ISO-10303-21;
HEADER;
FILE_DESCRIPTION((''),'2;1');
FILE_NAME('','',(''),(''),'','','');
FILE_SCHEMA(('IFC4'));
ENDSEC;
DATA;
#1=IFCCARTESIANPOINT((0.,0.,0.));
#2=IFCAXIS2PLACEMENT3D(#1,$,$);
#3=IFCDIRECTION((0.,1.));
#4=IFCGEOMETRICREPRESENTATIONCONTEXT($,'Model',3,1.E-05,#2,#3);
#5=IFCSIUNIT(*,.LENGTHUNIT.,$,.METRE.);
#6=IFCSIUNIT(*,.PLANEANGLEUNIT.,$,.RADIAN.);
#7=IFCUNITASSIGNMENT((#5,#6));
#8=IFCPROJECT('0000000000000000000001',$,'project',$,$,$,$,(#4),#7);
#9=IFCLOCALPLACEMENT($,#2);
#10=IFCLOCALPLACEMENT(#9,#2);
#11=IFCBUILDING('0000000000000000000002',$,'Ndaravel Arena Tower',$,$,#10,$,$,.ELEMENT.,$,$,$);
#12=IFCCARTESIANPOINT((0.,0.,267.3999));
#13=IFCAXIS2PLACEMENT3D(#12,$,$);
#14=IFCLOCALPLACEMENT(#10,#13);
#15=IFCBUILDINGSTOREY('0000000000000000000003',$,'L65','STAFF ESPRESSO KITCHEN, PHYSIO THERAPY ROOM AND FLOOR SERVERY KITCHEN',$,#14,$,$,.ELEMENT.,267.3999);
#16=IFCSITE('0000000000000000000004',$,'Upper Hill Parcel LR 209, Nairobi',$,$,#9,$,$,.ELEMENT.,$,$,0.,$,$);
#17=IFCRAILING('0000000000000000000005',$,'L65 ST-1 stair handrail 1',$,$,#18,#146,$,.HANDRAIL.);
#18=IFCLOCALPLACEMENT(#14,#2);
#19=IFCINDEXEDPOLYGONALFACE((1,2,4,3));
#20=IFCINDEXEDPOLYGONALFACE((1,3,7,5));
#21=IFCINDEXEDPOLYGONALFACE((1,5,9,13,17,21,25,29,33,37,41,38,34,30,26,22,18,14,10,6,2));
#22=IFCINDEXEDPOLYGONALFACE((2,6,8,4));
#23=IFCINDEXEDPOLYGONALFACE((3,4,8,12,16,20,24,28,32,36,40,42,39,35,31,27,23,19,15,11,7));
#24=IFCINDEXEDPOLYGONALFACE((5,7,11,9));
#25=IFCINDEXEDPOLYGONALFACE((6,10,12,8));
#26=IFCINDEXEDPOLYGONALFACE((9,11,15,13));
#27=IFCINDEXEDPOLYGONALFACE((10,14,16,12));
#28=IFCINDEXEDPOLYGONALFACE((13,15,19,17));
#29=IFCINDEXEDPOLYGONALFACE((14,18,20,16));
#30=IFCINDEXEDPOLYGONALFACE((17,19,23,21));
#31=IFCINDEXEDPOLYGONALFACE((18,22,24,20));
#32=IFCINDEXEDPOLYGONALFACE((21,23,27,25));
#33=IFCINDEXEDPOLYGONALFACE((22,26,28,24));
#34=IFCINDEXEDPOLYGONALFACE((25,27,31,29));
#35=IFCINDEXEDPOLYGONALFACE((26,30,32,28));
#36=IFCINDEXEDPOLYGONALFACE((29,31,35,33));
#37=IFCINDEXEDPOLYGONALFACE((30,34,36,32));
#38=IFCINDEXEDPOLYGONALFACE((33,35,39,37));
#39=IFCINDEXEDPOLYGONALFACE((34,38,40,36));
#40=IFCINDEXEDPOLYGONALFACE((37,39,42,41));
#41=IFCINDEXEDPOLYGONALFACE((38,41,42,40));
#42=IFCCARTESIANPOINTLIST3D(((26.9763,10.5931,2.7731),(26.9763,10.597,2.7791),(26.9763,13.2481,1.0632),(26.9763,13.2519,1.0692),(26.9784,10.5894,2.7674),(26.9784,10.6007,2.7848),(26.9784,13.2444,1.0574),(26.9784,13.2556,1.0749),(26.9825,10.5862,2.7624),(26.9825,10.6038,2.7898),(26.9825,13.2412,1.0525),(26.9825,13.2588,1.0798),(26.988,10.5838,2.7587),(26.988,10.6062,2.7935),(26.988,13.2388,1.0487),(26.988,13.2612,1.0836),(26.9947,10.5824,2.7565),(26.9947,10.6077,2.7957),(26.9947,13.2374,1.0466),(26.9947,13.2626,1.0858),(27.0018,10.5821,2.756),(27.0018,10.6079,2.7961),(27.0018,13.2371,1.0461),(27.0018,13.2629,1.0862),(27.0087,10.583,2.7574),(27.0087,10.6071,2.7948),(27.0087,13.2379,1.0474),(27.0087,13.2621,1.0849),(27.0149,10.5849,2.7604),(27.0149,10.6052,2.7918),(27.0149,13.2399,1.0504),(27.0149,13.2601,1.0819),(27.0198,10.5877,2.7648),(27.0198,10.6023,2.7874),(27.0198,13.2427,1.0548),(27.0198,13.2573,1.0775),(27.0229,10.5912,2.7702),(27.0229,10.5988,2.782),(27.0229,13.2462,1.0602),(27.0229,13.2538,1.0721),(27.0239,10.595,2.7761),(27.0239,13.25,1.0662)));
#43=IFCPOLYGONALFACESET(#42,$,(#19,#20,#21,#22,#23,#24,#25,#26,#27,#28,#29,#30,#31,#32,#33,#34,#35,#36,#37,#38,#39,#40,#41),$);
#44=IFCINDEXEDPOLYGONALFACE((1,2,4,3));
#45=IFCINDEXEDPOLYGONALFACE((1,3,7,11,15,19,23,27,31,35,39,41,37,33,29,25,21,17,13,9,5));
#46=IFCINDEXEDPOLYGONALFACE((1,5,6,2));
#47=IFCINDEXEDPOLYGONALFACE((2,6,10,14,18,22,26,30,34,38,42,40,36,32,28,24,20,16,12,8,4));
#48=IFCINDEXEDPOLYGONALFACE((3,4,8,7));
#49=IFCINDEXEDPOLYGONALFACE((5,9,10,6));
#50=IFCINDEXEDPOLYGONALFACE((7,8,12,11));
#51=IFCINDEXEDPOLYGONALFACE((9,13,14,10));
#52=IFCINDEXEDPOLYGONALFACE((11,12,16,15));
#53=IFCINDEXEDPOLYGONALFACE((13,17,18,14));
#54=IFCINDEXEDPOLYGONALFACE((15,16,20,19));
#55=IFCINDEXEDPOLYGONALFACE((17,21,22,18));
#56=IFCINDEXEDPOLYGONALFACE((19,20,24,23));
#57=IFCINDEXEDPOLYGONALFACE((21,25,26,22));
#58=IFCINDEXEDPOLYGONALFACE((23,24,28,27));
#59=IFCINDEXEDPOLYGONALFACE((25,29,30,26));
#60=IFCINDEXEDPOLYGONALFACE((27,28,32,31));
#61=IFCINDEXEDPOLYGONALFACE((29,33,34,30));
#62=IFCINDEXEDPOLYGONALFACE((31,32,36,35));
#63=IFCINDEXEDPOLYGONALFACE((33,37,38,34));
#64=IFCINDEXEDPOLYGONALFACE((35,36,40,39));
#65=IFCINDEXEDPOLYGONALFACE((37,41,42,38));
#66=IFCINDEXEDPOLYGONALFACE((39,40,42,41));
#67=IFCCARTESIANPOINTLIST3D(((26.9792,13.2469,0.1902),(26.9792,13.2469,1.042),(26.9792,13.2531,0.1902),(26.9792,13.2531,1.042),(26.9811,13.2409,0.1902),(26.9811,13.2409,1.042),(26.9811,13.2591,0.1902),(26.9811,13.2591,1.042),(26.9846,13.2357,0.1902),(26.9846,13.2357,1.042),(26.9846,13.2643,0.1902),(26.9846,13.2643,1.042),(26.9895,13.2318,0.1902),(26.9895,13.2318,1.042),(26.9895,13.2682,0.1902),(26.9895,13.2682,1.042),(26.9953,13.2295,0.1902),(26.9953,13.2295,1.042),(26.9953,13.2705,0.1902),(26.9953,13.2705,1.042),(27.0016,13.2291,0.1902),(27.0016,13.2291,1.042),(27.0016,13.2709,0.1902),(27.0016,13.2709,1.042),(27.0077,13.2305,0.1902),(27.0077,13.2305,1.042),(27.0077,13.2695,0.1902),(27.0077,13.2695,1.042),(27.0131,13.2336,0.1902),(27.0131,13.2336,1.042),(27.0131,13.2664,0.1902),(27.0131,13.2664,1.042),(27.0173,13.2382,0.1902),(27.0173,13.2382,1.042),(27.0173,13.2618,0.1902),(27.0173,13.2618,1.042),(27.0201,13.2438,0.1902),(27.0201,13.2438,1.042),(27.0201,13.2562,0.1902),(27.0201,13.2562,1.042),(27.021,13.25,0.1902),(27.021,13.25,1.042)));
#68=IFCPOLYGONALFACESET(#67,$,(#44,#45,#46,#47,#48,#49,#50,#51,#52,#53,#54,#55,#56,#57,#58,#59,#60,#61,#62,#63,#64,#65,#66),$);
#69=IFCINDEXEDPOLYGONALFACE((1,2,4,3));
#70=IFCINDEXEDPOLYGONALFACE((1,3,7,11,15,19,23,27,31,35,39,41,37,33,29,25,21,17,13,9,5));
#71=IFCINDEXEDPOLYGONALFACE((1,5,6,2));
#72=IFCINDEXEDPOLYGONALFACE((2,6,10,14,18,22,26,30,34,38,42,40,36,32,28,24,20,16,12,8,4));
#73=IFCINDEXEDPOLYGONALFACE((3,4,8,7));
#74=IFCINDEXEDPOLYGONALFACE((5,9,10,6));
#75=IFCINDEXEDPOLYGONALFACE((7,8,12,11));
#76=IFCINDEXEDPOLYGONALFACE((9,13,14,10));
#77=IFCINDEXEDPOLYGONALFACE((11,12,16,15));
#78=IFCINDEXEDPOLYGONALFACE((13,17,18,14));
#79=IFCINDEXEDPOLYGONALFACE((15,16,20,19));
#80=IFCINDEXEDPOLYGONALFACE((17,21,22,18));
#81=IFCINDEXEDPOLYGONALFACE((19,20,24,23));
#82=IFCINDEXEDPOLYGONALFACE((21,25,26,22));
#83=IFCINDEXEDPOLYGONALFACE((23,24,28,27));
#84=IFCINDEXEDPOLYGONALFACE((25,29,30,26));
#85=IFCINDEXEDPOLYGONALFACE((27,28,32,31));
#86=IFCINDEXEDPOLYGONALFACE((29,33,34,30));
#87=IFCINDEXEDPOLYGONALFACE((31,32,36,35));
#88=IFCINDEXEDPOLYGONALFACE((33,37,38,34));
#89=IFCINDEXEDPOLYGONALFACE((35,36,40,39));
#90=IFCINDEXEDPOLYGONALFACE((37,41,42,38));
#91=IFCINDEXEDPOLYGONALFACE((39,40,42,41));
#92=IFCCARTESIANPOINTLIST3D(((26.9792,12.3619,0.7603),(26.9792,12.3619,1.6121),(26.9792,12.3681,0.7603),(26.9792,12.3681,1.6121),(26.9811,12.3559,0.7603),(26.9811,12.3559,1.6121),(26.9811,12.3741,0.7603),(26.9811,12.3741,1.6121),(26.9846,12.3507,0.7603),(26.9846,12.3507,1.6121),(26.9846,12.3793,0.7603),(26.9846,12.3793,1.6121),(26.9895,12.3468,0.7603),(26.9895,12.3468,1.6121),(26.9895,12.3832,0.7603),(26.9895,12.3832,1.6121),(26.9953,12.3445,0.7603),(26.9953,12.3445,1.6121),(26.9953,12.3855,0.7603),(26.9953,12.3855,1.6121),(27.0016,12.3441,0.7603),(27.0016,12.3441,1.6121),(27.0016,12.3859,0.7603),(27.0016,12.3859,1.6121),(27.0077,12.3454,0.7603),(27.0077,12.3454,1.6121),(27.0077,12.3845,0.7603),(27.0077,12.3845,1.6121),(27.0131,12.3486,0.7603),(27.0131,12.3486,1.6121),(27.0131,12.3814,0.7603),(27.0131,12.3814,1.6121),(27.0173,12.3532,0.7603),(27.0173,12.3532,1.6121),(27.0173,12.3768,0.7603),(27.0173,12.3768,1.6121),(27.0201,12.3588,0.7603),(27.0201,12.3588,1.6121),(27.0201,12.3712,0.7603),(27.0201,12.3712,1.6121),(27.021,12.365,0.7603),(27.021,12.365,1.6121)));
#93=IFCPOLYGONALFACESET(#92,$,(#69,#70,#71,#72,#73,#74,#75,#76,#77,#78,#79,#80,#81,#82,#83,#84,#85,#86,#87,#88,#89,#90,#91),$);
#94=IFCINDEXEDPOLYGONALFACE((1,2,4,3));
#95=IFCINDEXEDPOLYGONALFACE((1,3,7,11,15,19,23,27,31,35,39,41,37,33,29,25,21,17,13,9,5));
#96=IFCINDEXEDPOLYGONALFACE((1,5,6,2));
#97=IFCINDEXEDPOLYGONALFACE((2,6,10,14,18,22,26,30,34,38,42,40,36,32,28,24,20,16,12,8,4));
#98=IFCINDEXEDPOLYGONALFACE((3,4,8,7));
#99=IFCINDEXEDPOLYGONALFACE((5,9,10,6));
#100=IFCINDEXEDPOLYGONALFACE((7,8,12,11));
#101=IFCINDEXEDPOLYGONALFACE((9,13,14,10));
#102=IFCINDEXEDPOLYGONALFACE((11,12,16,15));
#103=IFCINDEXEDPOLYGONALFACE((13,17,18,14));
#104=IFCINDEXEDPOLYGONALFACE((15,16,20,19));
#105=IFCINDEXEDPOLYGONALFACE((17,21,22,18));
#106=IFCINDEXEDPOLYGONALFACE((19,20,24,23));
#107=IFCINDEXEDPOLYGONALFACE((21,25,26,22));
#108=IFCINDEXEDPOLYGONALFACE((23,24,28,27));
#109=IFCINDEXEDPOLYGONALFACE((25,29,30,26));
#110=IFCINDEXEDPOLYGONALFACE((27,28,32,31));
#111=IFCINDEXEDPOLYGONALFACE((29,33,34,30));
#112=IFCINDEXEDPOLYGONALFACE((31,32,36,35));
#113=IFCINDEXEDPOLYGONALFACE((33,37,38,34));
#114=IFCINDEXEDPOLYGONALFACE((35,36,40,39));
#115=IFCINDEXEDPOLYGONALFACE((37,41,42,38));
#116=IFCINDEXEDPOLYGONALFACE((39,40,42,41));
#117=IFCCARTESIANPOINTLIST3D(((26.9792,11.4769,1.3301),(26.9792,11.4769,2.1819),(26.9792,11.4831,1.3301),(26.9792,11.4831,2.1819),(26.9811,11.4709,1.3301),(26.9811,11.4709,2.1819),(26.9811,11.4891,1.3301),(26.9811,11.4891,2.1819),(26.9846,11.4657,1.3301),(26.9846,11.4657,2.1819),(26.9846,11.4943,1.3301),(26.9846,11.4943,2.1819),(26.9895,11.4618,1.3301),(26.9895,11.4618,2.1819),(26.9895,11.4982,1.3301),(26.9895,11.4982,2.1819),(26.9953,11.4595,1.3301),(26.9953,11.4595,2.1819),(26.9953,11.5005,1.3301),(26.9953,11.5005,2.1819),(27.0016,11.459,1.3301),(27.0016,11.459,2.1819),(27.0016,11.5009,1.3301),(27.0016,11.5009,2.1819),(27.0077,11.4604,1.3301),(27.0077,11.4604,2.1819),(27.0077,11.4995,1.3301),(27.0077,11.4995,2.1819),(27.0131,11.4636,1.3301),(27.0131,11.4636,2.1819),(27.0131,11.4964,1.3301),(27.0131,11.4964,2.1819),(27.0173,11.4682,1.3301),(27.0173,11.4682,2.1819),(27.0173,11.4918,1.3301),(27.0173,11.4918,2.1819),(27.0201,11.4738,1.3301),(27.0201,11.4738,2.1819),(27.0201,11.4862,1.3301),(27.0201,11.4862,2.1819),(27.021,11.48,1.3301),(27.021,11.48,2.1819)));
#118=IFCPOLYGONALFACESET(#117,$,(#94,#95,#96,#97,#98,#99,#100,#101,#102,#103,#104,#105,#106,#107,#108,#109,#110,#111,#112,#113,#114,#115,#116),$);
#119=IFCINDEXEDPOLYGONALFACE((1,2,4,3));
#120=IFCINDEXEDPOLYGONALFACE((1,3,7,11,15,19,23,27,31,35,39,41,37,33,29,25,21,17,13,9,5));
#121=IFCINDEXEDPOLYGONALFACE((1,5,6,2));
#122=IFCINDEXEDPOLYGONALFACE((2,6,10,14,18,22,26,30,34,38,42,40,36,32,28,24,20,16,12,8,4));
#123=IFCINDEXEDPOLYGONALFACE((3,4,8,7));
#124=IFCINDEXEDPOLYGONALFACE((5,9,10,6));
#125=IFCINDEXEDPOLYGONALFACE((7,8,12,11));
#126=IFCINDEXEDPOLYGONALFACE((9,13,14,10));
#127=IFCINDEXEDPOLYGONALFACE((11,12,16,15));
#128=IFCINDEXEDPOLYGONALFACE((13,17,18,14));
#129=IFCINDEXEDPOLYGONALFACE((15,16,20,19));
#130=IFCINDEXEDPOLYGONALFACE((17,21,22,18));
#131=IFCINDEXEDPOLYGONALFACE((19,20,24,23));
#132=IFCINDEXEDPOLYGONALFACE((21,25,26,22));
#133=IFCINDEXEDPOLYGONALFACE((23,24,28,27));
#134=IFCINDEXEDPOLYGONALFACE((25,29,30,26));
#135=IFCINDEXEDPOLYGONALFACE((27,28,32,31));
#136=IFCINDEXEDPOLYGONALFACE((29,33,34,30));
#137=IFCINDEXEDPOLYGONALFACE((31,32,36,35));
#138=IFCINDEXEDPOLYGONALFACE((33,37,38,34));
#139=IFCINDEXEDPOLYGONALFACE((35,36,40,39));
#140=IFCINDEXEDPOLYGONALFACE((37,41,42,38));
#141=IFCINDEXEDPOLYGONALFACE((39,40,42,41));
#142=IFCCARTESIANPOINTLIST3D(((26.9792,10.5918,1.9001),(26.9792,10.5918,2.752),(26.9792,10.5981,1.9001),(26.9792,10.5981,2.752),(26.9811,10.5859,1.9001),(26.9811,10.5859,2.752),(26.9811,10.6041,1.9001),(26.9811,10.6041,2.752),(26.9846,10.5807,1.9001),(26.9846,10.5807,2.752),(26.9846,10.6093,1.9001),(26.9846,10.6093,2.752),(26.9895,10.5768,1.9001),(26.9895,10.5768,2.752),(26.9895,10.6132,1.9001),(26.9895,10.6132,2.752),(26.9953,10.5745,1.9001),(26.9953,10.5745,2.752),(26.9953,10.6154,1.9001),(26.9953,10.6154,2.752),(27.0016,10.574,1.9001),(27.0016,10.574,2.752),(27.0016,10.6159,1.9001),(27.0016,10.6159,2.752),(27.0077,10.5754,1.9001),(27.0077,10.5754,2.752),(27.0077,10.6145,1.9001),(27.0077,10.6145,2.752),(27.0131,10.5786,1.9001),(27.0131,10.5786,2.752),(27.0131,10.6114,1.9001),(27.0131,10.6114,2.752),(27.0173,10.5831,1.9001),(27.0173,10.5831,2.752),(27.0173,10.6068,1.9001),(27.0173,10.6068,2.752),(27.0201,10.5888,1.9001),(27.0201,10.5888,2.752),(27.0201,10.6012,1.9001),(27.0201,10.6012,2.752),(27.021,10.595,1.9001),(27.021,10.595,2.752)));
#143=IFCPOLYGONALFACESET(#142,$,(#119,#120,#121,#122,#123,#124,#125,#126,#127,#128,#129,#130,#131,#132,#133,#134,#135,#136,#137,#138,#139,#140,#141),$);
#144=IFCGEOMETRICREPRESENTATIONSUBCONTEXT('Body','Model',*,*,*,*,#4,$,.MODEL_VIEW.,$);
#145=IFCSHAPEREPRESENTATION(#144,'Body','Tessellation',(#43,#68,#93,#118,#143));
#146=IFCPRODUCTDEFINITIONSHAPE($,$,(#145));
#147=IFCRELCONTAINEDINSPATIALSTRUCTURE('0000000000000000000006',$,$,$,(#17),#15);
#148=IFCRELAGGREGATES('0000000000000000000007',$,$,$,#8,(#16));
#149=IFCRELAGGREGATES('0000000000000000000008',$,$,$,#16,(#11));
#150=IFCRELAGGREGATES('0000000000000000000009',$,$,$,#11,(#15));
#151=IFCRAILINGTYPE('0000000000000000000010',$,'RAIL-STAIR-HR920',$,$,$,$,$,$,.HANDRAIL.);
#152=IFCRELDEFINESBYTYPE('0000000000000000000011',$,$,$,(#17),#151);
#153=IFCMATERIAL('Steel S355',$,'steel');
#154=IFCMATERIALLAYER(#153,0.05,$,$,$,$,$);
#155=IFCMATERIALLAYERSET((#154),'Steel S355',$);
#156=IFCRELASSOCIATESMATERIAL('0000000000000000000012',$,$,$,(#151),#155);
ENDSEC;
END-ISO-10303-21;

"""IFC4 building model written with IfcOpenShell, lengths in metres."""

from ifc_helpers import new_model, si_unit, direction, frame, origin, origin_2d, place, context, subcontext, project, spatial, circle, extrude, material, layer, layer_set, type_object, element, save


model = new_model("IFC4")

# Units and contexts
model_context = context("Model", 3, precision=1e-05, world=origin(), true_north=direction((0.0, 1.0)))
body_context = subcontext(model_context, "Body", "Model", "MODEL_VIEW")
ifc_project = project(units=[si_unit("LENGTHUNIT", "METRE"), si_unit("PLANEANGLEUNIT", "RADIAN")], contexts=[model_context])

# Site, building, storey
site_placement = place(None, origin())
site = spatial("IfcSite", under=ifc_project, at=site_placement, Name="Upper Hill Parcel LR 209, Nairobi", CompositionType="ELEMENT", RefElevation=0.0)
building_placement = place(site_placement, origin())
building = spatial("IfcBuilding", under=site, at=building_placement, Name="Ndaravel Arena Tower", CompositionType="ELEMENT")
storey_placement = place(building_placement, frame((0.0, 0.0, 267.3999)))
storey = spatial("IfcBuildingStorey", under=building, at=storey_placement, Name="L65", Description="STAFF ESPRESSO KITCHEN, PHYSIO THERAPY ROOM AND FLOOR SERVERY KITCHEN", CompositionType="ELEMENT", Elevation=267.3999)

# Railing
ifc_material_1 = material(Name="Steel S355", Category="steel")
ifc_layer_1 = layer(ifc_material_1, 0.05)
ifc_layer_set_1 = layer_set([ifc_layer_1], Name="Steel S355")
railing_type_1 = type_object("IfcRailingType", Name="RAIL-STAIR-HR920", PredefinedType="HANDRAIL", material=ifc_layer_set_1)
railing_1_placement = place(storey_placement, frame((27.0, 13.25, 0.1902)))
element("IfcRailing", 1, at=railing_1_placement, inside=storey, type_object=railing_type_1, Name="L65 ST-1 stair handrail 1", PredefinedType="HANDRAIL", context=body_context, shape_type="SweptSolid", body=[
    extrude(circle(Radius=0.0239, at=origin_2d()), frame((0.0, 0.0, 0.876), z_axis=(0.0, -0.840724, 0.541465), x_axis=(1.0, 0.0, 0.0)), (0.0, 0.0, 1.0), 3.158),
    extrude(circle(Radius=0.021, at=origin_2d()), origin(), (0.0, 0.0, 1.0), 0.8518),
    extrude(circle(Radius=0.021, at=origin_2d()), frame((0.0, -0.885, 0.5701)), (0.0, 0.0, 1.0), 0.8518),
    extrude(circle(Radius=0.021, at=origin_2d()), frame((0.0, -1.77, 1.1399)), (0.0, 0.0, 1.0), 0.8518),
    extrude(circle(Radius=0.021, at=origin_2d()), frame((0.0, -2.655, 1.71)), (0.0, 0.0, 1.0), 0.8518),
])

save(model, "model.ifc")
